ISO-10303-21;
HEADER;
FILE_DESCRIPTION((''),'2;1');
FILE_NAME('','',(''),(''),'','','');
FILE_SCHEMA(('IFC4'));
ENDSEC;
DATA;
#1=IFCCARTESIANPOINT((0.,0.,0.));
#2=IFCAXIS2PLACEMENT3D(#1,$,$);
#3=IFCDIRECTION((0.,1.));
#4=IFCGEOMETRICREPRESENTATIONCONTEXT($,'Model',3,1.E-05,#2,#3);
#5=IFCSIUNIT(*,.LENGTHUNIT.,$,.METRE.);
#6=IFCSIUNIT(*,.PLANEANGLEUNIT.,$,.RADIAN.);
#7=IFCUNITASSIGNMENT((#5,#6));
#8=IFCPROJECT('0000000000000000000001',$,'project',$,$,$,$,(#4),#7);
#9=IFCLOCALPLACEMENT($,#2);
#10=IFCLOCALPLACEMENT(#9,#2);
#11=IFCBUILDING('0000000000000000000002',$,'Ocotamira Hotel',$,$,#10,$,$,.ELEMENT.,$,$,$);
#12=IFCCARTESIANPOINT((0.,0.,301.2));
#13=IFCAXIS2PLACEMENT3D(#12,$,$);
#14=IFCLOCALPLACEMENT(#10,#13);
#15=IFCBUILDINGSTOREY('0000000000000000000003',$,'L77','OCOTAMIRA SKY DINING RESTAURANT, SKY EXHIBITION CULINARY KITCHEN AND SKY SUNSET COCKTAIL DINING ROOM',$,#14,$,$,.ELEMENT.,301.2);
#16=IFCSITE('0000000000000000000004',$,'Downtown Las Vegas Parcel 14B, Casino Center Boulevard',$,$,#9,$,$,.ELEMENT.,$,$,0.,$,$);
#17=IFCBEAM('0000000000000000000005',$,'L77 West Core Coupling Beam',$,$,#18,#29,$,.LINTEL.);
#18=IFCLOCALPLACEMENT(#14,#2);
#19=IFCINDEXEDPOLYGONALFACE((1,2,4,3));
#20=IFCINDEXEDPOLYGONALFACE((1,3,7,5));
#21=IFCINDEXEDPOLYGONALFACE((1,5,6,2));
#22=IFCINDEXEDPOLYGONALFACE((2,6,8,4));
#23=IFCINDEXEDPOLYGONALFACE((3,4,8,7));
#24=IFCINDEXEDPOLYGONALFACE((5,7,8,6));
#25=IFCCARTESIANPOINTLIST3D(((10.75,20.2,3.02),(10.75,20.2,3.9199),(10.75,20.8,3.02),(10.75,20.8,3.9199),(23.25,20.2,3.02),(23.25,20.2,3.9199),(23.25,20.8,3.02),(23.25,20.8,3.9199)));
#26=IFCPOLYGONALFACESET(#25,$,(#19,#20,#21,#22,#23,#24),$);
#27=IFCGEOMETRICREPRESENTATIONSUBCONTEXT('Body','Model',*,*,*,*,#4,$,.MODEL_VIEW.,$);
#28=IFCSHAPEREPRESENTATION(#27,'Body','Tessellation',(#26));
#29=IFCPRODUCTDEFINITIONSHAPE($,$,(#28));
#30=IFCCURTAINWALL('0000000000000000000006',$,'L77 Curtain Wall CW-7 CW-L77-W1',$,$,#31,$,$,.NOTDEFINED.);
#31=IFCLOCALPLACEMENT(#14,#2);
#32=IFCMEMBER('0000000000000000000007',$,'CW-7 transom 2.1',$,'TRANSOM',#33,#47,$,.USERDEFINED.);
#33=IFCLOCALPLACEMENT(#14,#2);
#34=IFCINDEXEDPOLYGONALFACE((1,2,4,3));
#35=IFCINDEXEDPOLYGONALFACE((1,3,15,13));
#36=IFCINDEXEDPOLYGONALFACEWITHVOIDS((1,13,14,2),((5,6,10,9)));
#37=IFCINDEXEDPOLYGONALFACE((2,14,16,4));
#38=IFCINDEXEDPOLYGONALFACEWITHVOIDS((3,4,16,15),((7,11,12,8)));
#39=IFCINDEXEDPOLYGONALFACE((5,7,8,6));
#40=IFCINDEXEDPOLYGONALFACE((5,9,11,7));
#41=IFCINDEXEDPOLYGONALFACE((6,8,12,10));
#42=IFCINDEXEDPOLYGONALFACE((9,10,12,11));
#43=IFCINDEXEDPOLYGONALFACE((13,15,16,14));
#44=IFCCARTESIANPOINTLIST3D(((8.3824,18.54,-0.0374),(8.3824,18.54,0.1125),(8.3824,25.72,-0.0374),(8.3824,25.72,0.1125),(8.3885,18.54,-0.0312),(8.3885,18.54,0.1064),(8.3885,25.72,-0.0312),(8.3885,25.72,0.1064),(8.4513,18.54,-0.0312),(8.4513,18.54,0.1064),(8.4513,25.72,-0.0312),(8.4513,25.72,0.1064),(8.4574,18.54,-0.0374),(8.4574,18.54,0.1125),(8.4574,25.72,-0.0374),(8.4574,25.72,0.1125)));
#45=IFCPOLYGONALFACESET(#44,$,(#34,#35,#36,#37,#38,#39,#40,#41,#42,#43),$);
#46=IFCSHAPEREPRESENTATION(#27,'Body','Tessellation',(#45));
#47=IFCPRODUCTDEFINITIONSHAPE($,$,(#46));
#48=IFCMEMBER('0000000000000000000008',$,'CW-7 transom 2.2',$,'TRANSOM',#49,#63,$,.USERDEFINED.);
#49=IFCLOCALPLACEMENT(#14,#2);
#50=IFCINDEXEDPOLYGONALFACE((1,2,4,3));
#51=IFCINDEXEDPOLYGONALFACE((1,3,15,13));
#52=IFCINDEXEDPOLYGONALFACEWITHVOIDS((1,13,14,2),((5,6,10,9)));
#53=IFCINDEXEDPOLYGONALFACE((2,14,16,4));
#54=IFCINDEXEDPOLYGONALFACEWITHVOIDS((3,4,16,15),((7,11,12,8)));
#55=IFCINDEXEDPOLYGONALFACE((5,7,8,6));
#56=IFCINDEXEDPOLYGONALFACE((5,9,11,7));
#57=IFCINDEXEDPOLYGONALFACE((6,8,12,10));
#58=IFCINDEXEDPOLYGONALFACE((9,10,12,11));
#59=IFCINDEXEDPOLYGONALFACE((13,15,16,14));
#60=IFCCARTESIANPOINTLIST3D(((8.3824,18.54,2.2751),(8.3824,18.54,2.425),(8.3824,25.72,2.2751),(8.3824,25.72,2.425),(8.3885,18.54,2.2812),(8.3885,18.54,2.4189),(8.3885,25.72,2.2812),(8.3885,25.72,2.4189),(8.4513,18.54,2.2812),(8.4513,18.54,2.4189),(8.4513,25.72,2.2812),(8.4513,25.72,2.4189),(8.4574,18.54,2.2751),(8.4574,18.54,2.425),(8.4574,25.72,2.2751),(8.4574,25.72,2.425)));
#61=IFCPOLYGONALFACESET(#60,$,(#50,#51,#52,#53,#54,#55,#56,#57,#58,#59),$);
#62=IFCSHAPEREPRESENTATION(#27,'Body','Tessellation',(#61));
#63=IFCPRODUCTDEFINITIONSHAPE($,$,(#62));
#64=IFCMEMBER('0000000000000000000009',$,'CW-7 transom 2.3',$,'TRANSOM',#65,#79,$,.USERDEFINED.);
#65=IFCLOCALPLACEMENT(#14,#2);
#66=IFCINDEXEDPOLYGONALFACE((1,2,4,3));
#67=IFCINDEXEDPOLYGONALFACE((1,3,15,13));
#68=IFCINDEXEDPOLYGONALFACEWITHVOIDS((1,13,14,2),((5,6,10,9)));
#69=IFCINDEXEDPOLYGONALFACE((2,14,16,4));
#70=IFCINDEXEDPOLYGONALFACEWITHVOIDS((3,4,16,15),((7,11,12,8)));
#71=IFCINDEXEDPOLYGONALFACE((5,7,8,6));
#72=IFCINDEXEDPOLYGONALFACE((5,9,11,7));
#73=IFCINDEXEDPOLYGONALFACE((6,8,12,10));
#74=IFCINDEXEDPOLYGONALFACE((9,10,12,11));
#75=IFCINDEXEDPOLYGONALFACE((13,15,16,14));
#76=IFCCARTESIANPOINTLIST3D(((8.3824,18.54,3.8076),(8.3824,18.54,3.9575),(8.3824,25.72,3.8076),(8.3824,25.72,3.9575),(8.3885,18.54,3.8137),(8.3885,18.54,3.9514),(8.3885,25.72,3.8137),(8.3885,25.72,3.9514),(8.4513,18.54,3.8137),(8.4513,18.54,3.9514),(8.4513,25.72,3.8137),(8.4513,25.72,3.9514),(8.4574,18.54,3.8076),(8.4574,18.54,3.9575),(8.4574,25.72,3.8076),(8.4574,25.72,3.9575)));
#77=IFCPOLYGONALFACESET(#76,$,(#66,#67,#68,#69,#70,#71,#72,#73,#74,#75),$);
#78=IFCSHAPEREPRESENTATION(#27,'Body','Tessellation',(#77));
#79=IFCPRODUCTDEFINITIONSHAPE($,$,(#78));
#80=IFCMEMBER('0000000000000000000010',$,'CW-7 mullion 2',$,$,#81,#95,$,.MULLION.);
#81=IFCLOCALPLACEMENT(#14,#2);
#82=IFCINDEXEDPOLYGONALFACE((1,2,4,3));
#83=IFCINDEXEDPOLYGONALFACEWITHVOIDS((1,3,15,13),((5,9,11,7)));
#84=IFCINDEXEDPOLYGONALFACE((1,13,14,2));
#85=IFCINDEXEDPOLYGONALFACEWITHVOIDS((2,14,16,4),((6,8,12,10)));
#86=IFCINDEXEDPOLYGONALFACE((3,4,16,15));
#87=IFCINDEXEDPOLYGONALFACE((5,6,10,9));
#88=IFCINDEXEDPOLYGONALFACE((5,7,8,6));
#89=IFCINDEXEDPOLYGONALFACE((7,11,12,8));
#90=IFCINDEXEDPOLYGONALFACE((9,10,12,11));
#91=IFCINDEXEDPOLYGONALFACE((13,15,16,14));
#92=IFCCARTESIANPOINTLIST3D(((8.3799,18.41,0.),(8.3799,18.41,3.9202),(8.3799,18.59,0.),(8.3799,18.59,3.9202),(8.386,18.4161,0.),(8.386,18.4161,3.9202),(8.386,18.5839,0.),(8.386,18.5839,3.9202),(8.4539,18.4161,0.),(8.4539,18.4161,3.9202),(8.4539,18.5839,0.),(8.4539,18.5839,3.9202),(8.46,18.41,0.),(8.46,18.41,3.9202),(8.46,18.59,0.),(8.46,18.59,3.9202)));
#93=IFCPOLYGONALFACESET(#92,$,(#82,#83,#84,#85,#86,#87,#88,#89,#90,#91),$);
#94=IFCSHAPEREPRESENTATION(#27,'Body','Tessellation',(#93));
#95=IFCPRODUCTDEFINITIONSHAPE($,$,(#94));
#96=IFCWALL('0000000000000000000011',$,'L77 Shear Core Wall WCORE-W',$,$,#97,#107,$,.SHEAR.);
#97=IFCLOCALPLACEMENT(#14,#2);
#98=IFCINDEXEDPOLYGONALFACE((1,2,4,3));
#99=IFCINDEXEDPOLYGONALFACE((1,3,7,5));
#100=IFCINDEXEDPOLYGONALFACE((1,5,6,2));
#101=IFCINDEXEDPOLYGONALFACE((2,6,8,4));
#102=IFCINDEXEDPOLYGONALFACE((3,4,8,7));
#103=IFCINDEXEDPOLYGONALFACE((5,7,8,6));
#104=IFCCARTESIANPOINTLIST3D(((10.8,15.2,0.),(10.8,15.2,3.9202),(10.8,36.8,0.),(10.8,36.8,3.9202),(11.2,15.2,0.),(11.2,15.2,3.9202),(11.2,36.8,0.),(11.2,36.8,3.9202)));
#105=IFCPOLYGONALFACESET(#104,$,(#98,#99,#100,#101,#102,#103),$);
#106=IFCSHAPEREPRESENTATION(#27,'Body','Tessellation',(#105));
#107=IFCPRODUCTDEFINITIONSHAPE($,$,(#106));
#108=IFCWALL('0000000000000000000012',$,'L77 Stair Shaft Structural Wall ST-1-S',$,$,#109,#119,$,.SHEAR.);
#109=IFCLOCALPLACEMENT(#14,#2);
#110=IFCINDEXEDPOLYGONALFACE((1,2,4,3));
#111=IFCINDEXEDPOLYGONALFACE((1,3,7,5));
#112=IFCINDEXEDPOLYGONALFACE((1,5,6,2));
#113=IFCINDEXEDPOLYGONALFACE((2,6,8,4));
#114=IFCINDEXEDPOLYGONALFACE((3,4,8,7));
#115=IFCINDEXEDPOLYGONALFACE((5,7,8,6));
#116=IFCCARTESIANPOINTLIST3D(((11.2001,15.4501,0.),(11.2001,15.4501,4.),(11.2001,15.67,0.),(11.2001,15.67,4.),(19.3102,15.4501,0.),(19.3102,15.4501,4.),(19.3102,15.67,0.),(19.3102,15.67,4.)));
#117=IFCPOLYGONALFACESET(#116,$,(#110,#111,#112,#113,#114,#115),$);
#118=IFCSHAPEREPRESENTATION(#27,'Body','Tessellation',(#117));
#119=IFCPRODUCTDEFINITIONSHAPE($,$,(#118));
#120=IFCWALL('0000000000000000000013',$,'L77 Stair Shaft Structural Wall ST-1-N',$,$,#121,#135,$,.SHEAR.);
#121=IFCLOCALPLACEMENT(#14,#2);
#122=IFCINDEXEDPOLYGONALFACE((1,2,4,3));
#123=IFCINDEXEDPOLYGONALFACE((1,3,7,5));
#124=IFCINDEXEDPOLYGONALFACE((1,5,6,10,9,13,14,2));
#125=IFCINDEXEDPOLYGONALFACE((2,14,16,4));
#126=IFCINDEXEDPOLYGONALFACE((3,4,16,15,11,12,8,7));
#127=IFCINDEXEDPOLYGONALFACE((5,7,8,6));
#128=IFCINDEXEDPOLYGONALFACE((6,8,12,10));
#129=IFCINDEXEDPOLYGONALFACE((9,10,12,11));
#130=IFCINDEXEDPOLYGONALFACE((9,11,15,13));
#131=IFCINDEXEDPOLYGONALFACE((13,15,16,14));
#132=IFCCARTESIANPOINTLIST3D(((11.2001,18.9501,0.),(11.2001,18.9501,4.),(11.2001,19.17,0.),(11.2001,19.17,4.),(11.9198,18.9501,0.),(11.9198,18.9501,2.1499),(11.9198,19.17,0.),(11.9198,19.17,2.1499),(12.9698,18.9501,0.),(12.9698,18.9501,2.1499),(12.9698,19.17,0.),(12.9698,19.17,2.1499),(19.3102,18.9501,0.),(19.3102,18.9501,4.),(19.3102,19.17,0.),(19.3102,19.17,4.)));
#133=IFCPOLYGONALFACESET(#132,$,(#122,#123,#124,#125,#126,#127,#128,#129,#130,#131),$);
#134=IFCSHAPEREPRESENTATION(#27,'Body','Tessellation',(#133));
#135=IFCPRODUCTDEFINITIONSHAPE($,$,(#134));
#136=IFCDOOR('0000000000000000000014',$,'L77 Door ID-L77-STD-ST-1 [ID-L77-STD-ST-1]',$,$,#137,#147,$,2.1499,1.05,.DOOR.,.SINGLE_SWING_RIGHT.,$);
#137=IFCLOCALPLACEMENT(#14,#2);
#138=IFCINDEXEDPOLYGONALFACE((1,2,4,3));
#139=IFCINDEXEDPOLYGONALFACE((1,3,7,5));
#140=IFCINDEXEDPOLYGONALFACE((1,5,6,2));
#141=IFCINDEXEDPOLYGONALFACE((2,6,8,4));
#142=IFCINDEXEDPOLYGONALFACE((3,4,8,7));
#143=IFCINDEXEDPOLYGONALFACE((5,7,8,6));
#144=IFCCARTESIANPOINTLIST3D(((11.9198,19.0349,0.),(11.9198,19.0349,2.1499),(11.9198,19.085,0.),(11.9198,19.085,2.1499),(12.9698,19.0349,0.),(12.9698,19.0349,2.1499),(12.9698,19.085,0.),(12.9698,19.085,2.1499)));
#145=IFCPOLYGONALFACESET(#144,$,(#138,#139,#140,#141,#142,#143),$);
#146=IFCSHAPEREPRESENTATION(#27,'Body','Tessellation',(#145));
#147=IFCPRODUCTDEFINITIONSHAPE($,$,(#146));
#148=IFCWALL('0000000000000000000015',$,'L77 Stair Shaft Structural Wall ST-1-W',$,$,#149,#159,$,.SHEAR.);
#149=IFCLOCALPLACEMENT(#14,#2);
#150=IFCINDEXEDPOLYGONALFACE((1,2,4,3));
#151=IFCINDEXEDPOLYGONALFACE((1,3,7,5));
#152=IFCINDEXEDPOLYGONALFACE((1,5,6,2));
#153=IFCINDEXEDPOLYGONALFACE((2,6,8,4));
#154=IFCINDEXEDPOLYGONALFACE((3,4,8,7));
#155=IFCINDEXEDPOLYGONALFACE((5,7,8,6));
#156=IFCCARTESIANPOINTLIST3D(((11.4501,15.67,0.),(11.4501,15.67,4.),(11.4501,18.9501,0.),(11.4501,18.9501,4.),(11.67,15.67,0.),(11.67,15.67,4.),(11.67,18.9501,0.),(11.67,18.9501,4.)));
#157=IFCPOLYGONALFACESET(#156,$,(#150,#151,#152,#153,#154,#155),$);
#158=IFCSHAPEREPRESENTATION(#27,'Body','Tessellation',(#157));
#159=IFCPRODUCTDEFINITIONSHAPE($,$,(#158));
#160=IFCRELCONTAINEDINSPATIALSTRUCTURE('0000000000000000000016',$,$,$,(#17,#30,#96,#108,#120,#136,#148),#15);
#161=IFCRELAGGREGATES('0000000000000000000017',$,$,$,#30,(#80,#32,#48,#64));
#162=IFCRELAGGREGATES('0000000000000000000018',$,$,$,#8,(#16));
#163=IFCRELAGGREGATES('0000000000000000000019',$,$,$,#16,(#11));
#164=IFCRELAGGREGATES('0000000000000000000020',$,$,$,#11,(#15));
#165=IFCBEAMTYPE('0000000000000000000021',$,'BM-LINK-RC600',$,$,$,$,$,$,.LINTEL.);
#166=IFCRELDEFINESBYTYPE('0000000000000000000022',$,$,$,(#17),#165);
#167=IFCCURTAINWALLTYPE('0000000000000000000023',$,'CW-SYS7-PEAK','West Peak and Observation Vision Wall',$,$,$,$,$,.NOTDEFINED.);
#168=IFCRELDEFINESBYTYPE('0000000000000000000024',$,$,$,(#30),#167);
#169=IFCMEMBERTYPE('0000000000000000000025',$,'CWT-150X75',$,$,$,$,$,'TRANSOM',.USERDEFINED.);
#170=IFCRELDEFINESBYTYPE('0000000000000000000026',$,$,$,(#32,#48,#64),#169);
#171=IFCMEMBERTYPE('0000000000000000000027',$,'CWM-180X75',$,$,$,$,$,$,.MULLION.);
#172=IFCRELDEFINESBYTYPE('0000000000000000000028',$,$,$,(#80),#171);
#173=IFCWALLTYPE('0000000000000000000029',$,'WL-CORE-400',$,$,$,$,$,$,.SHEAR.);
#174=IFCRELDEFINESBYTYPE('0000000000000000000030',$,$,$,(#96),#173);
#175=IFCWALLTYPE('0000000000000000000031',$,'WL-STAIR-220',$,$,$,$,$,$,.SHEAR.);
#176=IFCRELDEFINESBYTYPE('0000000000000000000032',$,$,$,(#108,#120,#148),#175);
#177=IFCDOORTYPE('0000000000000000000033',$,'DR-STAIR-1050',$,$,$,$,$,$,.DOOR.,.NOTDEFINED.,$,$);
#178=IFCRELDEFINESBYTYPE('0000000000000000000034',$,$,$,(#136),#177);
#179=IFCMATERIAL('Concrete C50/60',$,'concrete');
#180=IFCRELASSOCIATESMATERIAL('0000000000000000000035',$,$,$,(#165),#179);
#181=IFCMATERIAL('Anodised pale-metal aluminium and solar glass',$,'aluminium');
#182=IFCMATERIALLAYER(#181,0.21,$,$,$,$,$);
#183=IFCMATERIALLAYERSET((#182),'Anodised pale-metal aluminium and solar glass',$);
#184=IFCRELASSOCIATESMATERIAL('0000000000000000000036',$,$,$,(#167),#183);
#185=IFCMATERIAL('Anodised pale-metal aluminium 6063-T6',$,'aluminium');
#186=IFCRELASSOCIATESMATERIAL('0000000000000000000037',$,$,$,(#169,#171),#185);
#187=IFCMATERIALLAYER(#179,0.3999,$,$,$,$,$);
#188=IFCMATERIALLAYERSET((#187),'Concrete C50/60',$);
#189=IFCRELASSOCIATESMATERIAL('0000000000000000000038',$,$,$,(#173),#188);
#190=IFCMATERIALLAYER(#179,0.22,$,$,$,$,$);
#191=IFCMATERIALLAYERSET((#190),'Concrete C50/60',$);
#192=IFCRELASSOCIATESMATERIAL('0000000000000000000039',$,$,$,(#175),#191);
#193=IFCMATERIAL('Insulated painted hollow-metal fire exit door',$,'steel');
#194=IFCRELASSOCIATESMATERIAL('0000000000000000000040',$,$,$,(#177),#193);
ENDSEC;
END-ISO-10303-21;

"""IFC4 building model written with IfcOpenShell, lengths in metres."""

from ifc_helpers import new_model, si_unit, direction, frame, frame_2d, origin, origin_2d, place, context, subcontext, project, spatial, rectangle, hollow_rectangle, extrude, source, transform, mapped, material, layer, layer_set, material_profile, profile_set, type_object, element, fill, aggregate, save


model = new_model("IFC4")

# Units and contexts
model_context = context("Model", 3, precision=1e-05, world=origin(), true_north=direction((0.0, 1.0)))
body_context = subcontext(model_context, "Body", "Model", "MODEL_VIEW")
ifc_project = project(units=[si_unit("LENGTHUNIT", "METRE"), si_unit("PLANEANGLEUNIT", "RADIAN")], contexts=[model_context])

# Site, building, storey
site_placement = place(None, origin())
site = spatial("IfcSite", under=ifc_project, at=site_placement, Name="Downtown Las Vegas Parcel 14B, Casino Center Boulevard", CompositionType="ELEMENT", RefElevation=0.0)
building_placement = place(site_placement, origin())
building = spatial("IfcBuilding", under=site, at=building_placement, Name="Ocotamira Hotel", CompositionType="ELEMENT")
storey_placement = place(building_placement, frame((0.0, 0.0, 301.2)))
storey = spatial("IfcBuildingStorey", under=building, at=storey_placement, Name="L77", Description="OCOTAMIRA SKY DINING RESTAURANT, SKY EXHIBITION CULINARY KITCHEN AND SKY SUNSET COCKTAIL DINING ROOM", CompositionType="ELEMENT", Elevation=301.2)

# Beam
ifc_material_1 = material(Name="Concrete C50/60", Category="concrete")
ifc_material_profile_1 = material_profile(ifc_material_1, rectangle(XDim=0.6001, YDim=0.8999, at=origin_2d()), Name="RC600X900")
ifc_profile_set_1 = profile_set([ifc_material_profile_1], Name="Concrete C50/60")
beam_type = type_object("IfcBeamType", Name="BM-LINK-RC600", PredefinedType="LINTEL", material=ifc_profile_set_1)
shared_shape_1 = source(origin(), body_context, "Body", "SweptSolid", [
    extrude(rectangle(XDim=0.6001, YDim=0.8999, at=origin_2d()), origin(), (0.0, 0.0, 1.0), 12.5),
])
beam_placement = place(storey_placement, frame((10.75, 20.5, 3.47), z_axis=(1.0, 0.0, 0.0), x_axis=(0.0, 1.0, 0.0)))
element("IfcBeam", 1, at=beam_placement, inside=storey, type_object=beam_type, Name="L77 West Core Coupling Beam", PredefinedType="LINTEL", context=body_context, shape_type="MappedRepresentation", body=[
    mapped(shared_shape_1, transform((0.0, 0.0, 0.0), scale=1.0)),
])

# Curtain wall, members
ifc_material_2 = material(Name="Anodised pale-metal aluminium and solar glass", Category="aluminium")
ifc_layer_1 = layer(ifc_material_2, 0.21)
ifc_layer_set_1 = layer_set([ifc_layer_1], Name="Anodised pale-metal aluminium and solar glass")
curtain_wall_type = type_object("IfcCurtainWallType", Name="CW-SYS7-PEAK", Description="West Peak and Observation Vision Wall", PredefinedType="NOTDEFINED", material=ifc_layer_set_1)
curtain_wall_placement = place(storey_placement, origin())
curtain_wall = element("IfcCurtainWall", 2, at=curtain_wall_placement, inside=storey, type_object=curtain_wall_type, Name="L77 Curtain Wall CW-7 CW-L77-W1", PredefinedType="NOTDEFINED")
ifc_material_3 = material(Name="Anodised pale-metal aluminium 6063-T6", Category="aluminium")
ifc_material_profile_2 = material_profile(ifc_material_3, hollow_rectangle(XDim=0.075, YDim=0.1499, WallThickness=0.0061, at=origin_2d()), Name="HSS150X75X6")
ifc_profile_set_2 = profile_set([ifc_material_profile_2], Name="Anodised pale-metal aluminium 6063-T6")
member_type_1 = type_object("IfcMemberType", Name="CWT-150X75", ElementType="TRANSOM", PredefinedType="USERDEFINED", material=ifc_profile_set_2)
shared_shape_2 = source(origin(), body_context, "Body", "SweptSolid", [
    extrude(hollow_rectangle(XDim=0.075, YDim=0.1499, WallThickness=0.0061, at=origin_2d()), origin(), (0.0, 0.0, 1.0), 7.1799),
])
member_1_placement = place(storey_placement, frame((8.4199, 18.54, 0.0376), z_axis=(0.0, 1.0, 0.0), x_axis=(-1.0, 0.0, 0.0)))
member_1 = element("IfcMember", 3, at=member_1_placement, type_object=member_type_1, Name="CW-7 transom 2.1", ObjectType="TRANSOM", PredefinedType="USERDEFINED", context=body_context, shape_type="MappedRepresentation", body=[
    mapped(shared_shape_2, transform((0.0, 0.0, 0.0), scale=1.0)),
])
member_2_placement = place(storey_placement, frame((8.4199, 18.54, 2.3501), z_axis=(0.0, 1.0, 0.0), x_axis=(-1.0, 0.0, 0.0)))
member_2 = element("IfcMember", 4, at=member_2_placement, type_object=member_type_1, Name="CW-7 transom 2.2", ObjectType="TRANSOM", PredefinedType="USERDEFINED", context=body_context, shape_type="MappedRepresentation", body=[
    mapped(shared_shape_2, transform((0.0, 0.0, 0.0), scale=1.0)),
])
member_3_placement = place(storey_placement, frame((8.4199, 18.54, 3.8826), z_axis=(0.0, 1.0, 0.0), x_axis=(-1.0, 0.0, 0.0)))
member_3 = element("IfcMember", 5, at=member_3_placement, type_object=member_type_1, Name="CW-7 transom 2.3", ObjectType="TRANSOM", PredefinedType="USERDEFINED", context=body_context, shape_type="MappedRepresentation", body=[
    mapped(shared_shape_2, transform((0.0, 0.0, 0.0), scale=1.0)),
])
ifc_material_profile_3 = material_profile(ifc_material_3, hollow_rectangle(XDim=0.0801, YDim=0.1799, WallThickness=0.0061, at=origin_2d()), Name="HSS180X80X6")
ifc_profile_set_3 = profile_set([ifc_material_profile_3], Name="Anodised pale-metal aluminium 6063-T6")
member_type_2 = type_object("IfcMemberType", Name="CWM-180X75", PredefinedType="MULLION", material=ifc_profile_set_3)
shared_shape_3 = source(origin(), body_context, "Body", "SweptSolid", [
    extrude(hollow_rectangle(XDim=0.0801, YDim=0.1799, WallThickness=0.0061, at=origin_2d()), origin(), (0.0, 0.0, 1.0), 3.9202),
])
member_4_placement = place(storey_placement, frame((8.4199, 18.5, 0.0), z_axis=(0.0, 0.0, 1.0), x_axis=(-1.0, 0.0, 0.0)))
member_4 = element("IfcMember", 6, at=member_4_placement, type_object=member_type_2, Name="CW-7 mullion 2", PredefinedType="MULLION", context=body_context, shape_type="MappedRepresentation", body=[
    mapped(shared_shape_3, transform((0.0, 0.0, 0.0), scale=1.0)),
])
aggregate(curtain_wall, [member_4, member_1, member_2, member_3])

# Wall
ifc_layer_2 = layer(ifc_material_1, 0.3999)
ifc_layer_set_2 = layer_set([ifc_layer_2], Name="Concrete C50/60")
wall_type_1 = type_object("IfcWallType", Name="WL-CORE-400", PredefinedType="SHEAR", material=ifc_layer_set_2)
wall_1_placement = place(storey_placement, frame((11.0, 15.2, 0.0), z_axis=(0.0, 0.0, 1.0), x_axis=(0.0, 1.0, 0.0)))
element("IfcWall", 7, at=wall_1_placement, inside=storey, type_object=wall_type_1, Name="L77 Shear Core Wall WCORE-W", PredefinedType="SHEAR", context=body_context, shape_type="SweptSolid", body=[
    extrude(rectangle(XDim=21.6001, YDim=0.3999, at=frame_2d((10.8, 0.0))), origin(), (0.0, 0.0, 1.0), 3.9202),
])

# Wall
ifc_layer_3 = layer(ifc_material_1, 0.22)
ifc_layer_set_3 = layer_set([ifc_layer_3], Name="Concrete C50/60")
wall_type_2 = type_object("IfcWallType", Name="WL-STAIR-220", PredefinedType="SHEAR", material=ifc_layer_set_3)
wall_2_placement = place(storey_placement, frame((11.2, 15.5601, 0.0), z_axis=(0.0, 0.0, 1.0), x_axis=(1.0, 0.0, 0.0)))
element("IfcWall", 8, at=wall_2_placement, inside=storey, type_object=wall_type_2, Name="L77 Stair Shaft Structural Wall ST-1-S", PredefinedType="SHEAR", context=body_context, shape_type="SweptSolid", body=[
    extrude(rectangle(XDim=8.1101, YDim=0.22, at=frame_2d((4.0552, 0.0))), origin(), (0.0, 0.0, 1.0), 4.0),
])

# Wall, opening, door
wall_3_placement = place(storey_placement, frame((11.2, 19.0601, 0.0), z_axis=(0.0, 0.0, 1.0), x_axis=(1.0, 0.0, 0.0)))
wall_3 = element("IfcWall", 9, at=wall_3_placement, inside=storey, type_object=wall_type_2, Name="L77 Stair Shaft Structural Wall ST-1-N", PredefinedType="SHEAR", context=body_context, shape_type="SweptSolid", body=[
    extrude(rectangle(XDim=8.1101, YDim=0.22, at=frame_2d((4.0552, 0.0))), origin(), (0.0, 0.0, 1.0), 4.0),
])
opening_1_placement = place(wall_3_placement, frame((0.72, 0.0, 0.0)))
opening_1 = element("IfcOpeningElement", 10, at=opening_1_placement, cuts=wall_3, PredefinedType="OPENING", context=body_context, shape_type="SweptSolid", body=[
    extrude(rectangle(XDim=1.05, YDim=2.1499, at=frame_2d((0.5249, 1.075))), frame((0.0, 0.1201, 0.0), z_axis=(0.0, -1.0, 0.0), x_axis=(1.0, 0.0, 0.0)), (0.0, 0.0, 1.0), 0.24),
])
ifc_material_4 = material(Name="Insulated painted hollow-metal fire exit door", Category="steel")
door_type_1 = type_object("IfcDoorType", Name="DR-STAIR-1050", OperationType="NOTDEFINED", PredefinedType="DOOR", material=ifc_material_4)
shared_shape_4 = source(origin(), body_context, "Body", "SweptSolid", [
    extrude(rectangle(XDim=1.05, YDim=2.1499, at=frame_2d((0.5249, 1.075))), frame((0.0, 0.0249, 0.0), z_axis=(0.0, -1.0, 0.0), x_axis=(1.0, 0.0, 0.0)), (0.0, 0.0, 1.0), 0.05),
])
door_1_placement = place(opening_1_placement, origin())
door_1 = element("IfcDoor", 11, at=door_1_placement, inside=storey, type_object=door_type_1, Name="L77 Door ID-L77-STD-ST-1 [ID-L77-STD-ST-1]", OperationType="SINGLE_SWING_RIGHT", OverallHeight=2.1499, OverallWidth=1.05, PredefinedType="DOOR", context=body_context, shape_type="MappedRepresentation", body=[
    mapped(shared_shape_4, transform((0.0, 0.0, 0.0), scale=1.0)),
])
fill(opening_1, door_1)

# Wall
wall_4_placement = place(storey_placement, frame((11.5601, 15.6699, 0.0), z_axis=(0.0, 0.0, 1.0), x_axis=(0.0, 1.0, 0.0)))
element("IfcWall", 12, at=wall_4_placement, inside=storey, type_object=wall_type_2, Name="L77 Stair Shaft Structural Wall ST-1-W", PredefinedType="SHEAR", context=body_context, shape_type="SweptSolid", body=[
    extrude(rectangle(XDim=3.28, YDim=0.22, at=frame_2d((1.6401, 0.0))), origin(), (0.0, 0.0, 1.0), 4.0),
])

save(model, "model.ifc")
